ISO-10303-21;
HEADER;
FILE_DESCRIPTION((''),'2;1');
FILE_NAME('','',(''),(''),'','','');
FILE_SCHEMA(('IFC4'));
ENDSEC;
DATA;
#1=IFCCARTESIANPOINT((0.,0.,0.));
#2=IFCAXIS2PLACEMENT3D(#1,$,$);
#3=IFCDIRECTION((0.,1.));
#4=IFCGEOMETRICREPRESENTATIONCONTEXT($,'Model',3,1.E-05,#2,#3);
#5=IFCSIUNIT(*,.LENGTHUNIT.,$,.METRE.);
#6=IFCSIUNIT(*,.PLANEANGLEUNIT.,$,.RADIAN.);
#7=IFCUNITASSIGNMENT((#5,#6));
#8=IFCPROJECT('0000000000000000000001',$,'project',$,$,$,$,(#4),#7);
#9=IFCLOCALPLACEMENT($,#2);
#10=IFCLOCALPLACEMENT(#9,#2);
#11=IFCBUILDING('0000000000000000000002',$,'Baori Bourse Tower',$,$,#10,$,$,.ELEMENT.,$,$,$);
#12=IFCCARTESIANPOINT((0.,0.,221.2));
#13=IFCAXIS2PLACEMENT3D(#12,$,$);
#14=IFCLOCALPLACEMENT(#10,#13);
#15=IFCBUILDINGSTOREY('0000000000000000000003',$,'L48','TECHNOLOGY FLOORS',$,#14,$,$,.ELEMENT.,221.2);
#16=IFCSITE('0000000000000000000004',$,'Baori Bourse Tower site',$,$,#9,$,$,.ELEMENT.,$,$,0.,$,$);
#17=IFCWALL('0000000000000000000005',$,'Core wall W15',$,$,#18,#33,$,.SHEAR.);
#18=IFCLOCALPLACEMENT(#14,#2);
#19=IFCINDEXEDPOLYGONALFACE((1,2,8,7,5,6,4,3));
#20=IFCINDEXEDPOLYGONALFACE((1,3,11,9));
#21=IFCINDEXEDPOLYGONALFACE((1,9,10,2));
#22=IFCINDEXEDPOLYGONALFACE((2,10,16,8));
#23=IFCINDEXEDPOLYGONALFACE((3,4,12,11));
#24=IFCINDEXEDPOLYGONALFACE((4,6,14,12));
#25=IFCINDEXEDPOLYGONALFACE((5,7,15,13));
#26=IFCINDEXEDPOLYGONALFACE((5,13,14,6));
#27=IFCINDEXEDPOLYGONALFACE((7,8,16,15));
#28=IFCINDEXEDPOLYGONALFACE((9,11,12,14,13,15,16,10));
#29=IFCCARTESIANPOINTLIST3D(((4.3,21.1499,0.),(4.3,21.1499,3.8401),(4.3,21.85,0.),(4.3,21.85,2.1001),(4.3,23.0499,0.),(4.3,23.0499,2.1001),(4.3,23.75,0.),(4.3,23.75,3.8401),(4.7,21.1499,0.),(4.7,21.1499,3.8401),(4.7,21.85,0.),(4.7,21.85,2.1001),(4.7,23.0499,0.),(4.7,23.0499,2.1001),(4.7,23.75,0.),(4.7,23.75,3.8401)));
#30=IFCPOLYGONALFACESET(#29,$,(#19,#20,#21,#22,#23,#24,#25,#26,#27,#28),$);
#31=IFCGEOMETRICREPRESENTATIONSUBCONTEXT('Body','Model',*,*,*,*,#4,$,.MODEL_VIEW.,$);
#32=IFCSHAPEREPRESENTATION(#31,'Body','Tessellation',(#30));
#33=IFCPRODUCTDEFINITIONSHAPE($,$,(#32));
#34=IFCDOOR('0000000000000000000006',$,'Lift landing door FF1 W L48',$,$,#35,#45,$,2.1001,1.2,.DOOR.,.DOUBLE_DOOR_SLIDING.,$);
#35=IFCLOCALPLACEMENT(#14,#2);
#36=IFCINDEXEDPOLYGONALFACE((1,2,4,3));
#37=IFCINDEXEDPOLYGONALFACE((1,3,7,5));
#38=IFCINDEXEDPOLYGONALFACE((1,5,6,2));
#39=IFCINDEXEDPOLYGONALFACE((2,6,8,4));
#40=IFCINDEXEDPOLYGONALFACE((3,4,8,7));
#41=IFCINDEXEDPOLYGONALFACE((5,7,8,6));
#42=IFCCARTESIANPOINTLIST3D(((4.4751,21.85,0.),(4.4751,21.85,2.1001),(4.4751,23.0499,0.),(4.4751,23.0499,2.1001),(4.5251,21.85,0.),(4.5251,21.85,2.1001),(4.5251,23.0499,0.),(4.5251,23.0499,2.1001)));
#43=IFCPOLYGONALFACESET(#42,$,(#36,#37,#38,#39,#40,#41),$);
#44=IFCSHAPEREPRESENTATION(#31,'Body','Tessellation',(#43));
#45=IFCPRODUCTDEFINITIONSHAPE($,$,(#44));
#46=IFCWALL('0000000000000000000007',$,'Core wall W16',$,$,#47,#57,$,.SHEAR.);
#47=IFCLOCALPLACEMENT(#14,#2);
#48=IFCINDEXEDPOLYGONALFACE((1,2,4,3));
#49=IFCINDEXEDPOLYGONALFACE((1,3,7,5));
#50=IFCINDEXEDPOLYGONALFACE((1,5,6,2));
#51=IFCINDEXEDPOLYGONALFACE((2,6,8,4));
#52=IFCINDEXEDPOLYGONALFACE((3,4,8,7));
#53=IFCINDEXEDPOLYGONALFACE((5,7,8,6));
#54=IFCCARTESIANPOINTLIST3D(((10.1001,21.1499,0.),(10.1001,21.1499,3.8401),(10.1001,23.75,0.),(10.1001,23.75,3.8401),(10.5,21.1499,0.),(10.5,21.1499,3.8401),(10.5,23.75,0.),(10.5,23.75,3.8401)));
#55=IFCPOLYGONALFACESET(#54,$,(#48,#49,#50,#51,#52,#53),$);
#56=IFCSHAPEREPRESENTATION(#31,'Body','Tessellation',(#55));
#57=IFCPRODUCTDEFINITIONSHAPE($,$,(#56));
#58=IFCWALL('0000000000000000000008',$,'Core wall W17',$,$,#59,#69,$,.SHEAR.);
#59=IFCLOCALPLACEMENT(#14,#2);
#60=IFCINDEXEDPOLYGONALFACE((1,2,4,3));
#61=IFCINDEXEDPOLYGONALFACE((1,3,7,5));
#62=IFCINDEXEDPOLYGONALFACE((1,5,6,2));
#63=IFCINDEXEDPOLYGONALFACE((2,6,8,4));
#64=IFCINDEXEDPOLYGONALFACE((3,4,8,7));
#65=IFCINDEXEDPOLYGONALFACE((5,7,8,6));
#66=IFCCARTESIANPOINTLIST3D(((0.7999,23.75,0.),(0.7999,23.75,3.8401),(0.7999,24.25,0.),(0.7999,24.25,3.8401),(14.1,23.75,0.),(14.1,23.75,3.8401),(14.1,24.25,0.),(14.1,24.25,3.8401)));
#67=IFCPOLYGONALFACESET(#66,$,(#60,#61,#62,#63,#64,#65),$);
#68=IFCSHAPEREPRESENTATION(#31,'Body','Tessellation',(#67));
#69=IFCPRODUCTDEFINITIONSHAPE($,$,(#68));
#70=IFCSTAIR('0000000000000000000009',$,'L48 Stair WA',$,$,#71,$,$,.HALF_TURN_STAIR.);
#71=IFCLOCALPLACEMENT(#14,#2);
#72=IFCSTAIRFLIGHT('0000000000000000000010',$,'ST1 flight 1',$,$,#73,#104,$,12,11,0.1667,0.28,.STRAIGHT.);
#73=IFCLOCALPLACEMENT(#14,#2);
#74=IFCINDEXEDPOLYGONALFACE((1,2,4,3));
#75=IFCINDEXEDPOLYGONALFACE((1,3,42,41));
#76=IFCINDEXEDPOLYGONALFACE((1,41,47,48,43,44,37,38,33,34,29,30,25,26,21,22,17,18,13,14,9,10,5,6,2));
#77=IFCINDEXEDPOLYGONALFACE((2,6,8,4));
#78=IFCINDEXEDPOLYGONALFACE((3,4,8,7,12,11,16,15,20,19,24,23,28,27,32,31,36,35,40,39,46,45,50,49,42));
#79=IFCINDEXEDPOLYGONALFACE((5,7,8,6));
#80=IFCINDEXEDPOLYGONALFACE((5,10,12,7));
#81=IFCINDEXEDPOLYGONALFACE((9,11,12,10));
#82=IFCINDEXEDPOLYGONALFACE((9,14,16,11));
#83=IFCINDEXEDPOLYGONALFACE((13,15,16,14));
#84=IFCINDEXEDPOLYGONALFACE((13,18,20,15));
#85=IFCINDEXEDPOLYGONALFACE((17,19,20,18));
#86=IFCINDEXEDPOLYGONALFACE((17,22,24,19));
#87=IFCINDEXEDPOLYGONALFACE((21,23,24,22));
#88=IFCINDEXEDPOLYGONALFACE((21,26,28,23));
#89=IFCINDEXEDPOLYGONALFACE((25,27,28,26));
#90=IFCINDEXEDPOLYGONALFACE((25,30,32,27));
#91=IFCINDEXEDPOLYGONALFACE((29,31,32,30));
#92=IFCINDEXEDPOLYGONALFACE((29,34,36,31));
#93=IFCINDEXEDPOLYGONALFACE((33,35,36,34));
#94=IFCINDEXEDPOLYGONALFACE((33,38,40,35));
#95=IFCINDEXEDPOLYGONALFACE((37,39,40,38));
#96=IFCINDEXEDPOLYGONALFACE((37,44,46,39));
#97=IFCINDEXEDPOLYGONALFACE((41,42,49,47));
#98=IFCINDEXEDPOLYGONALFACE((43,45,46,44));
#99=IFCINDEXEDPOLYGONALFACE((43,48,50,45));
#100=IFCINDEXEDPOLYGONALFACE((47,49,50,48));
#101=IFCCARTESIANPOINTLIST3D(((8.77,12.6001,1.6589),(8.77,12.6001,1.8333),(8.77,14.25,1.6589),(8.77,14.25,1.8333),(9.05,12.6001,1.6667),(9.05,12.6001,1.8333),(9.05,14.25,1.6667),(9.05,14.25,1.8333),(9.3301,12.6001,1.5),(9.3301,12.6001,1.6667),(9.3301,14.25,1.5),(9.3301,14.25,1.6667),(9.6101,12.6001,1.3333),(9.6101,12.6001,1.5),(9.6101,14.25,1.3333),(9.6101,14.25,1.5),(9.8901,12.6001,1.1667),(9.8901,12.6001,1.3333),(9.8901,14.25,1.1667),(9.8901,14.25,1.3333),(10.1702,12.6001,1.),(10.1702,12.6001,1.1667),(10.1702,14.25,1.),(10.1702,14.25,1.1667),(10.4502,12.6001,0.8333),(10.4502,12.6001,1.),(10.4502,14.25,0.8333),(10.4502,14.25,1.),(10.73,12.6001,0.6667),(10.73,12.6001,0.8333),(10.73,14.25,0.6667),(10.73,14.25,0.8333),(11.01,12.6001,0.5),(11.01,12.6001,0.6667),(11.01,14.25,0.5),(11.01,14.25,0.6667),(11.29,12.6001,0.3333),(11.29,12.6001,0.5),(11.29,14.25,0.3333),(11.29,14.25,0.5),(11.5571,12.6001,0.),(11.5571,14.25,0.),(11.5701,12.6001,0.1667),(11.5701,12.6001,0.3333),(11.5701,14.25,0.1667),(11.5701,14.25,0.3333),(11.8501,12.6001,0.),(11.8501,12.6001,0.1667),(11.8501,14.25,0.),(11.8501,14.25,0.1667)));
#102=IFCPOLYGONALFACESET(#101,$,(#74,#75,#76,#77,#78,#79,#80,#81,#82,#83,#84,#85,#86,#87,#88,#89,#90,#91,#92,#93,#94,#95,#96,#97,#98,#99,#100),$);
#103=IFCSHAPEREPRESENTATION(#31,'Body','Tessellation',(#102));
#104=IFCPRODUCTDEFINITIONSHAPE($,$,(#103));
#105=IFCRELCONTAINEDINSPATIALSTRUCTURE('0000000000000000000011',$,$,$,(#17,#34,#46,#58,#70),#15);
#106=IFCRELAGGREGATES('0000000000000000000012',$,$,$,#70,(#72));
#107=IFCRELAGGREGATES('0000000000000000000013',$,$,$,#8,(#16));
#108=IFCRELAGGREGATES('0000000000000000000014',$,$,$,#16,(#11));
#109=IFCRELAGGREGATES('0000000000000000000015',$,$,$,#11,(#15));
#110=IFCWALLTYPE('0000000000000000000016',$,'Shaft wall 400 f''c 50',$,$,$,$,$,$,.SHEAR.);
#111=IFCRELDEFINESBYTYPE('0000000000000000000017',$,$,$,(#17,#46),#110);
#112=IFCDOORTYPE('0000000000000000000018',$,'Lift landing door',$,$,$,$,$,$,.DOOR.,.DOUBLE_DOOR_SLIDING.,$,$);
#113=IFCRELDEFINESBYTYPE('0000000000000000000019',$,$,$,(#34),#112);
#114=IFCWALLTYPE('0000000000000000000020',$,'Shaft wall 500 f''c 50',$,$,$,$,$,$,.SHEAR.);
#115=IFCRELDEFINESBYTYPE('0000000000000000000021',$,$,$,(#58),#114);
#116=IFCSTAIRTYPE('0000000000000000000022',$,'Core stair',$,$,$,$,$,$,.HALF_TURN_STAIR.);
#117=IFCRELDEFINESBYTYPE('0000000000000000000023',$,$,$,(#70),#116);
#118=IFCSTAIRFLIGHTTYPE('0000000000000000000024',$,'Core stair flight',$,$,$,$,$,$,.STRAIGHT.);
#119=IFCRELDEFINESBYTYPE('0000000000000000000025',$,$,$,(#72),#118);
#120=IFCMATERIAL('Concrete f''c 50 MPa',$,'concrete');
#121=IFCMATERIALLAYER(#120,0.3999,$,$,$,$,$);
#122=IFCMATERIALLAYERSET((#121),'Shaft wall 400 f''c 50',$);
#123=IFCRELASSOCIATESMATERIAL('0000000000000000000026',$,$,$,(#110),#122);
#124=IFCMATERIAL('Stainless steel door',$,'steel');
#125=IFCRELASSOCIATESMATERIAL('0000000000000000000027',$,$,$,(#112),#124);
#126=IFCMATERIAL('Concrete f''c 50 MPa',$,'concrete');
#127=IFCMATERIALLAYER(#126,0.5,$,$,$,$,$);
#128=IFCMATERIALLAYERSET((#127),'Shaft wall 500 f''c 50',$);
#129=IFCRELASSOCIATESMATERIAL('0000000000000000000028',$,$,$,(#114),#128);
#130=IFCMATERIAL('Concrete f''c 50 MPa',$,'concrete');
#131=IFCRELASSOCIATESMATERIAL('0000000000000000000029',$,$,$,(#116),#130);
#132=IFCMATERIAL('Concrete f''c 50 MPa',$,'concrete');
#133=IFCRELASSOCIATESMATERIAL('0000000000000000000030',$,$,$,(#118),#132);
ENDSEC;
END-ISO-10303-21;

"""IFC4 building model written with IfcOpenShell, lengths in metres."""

from ifc_helpers import new_model, si_unit, direction, frame, frame_2d, origin, place, context, subcontext, project, spatial, polyline, rectangle, outline, extrude, material, layer, layer_set, type_object, element, fill, aggregate, save


model = new_model("IFC4")

# Units and contexts
model_context = context("Model", 3, precision=1e-05, world=origin(), true_north=direction((0.0, 1.0)))
body_context = subcontext(model_context, "Body", "Model", "MODEL_VIEW")
ifc_project = project(units=[si_unit("LENGTHUNIT", "METRE"), si_unit("PLANEANGLEUNIT", "RADIAN")], contexts=[model_context])

# Site, building, storey
site_placement = place(None, origin())
site = spatial("IfcSite", under=ifc_project, at=site_placement, Name="Baori Bourse Tower site", CompositionType="ELEMENT", RefElevation=0.0)
building_placement = place(site_placement, origin())
building = spatial("IfcBuilding", under=site, at=building_placement, Name="Baori Bourse Tower", CompositionType="ELEMENT")
storey_placement = place(building_placement, frame((0.0, 0.0, 221.2)))
storey = spatial("IfcBuildingStorey", under=building, at=storey_placement, Name="L48", Description="TECHNOLOGY FLOORS", CompositionType="ELEMENT", Elevation=221.2)

# Shared definitions
ifc_material_1 = material(Name="Concrete f'c 50 MPa", Category="concrete")
ifc_layer_1 = layer(ifc_material_1, 0.3999)
ifc_layer_set_1 = layer_set([ifc_layer_1], Name="Shaft wall 400 f'c 50")
wall_type_1 = type_object("IfcWallType", Name="Shaft wall 400 f'c 50", PredefinedType="SHEAR", material=ifc_layer_set_1)

# Wall, opening, door
wall_1_placement = place(storey_placement, frame((4.5, 21.1499, 0.0), z_axis=(0.0, 0.0, 1.0), x_axis=(0.0, 1.0, 0.0)))
wall_1 = element("IfcWall", 1, at=wall_1_placement, inside=storey, type_object=wall_type_1, Name="Core wall W15", PredefinedType="SHEAR", context=body_context, shape_type="SweptSolid", body=[
    extrude(rectangle(XDim=2.6001, YDim=0.3999, at=frame_2d((1.3, 0.0))), origin(), (0.0, 0.0, 1.0), 3.8401),
])
opening_1_placement = place(wall_1_placement, frame((0.7, 0.0, 0.0)))
opening_1 = element("IfcOpeningElement", 2, at=opening_1_placement, cuts=wall_1, PredefinedType="OPENING", context=body_context, shape_type="SweptSolid", body=[
    extrude(rectangle(XDim=1.2, YDim=2.1001, at=frame_2d((0.6001, 1.05))), frame((0.0, 0.21, 0.0), z_axis=(0.0, -1.0, 0.0), x_axis=(1.0, 0.0, 0.0)), (0.0, 0.0, 1.0), 0.4199),
])
ifc_material_2 = material(Name="Stainless steel door", Category="steel")
door_type_1 = type_object("IfcDoorType", Name="Lift landing door", OperationType="DOUBLE_DOOR_SLIDING", PredefinedType="DOOR", material=ifc_material_2)
door_1_placement = place(opening_1_placement, origin())
door_1 = element("IfcDoor", 3, at=door_1_placement, inside=storey, type_object=door_type_1, Name="Lift landing door FF1 W L48", OperationType="DOUBLE_DOOR_SLIDING", OverallHeight=2.1001, OverallWidth=1.2, PredefinedType="DOOR", context=body_context, shape_type="SweptSolid", body=[
    extrude(rectangle(XDim=1.2, YDim=2.1001, at=frame_2d((0.6001, 1.05))), frame((0.0, 0.0249, 0.0), z_axis=(0.0, -1.0, 0.0), x_axis=(1.0, 0.0, 0.0)), (0.0, 0.0, 1.0), 0.05),
])
fill(opening_1, door_1)

# Walls
wall_2_placement = place(storey_placement, frame((10.3, 21.1499, 0.0), z_axis=(0.0, 0.0, 1.0), x_axis=(0.0, 1.0, 0.0)))
element("IfcWall", 4, at=wall_2_placement, inside=storey, type_object=wall_type_1, Name="Core wall W16", PredefinedType="SHEAR", context=body_context, shape_type="SweptSolid", body=[
    extrude(rectangle(XDim=2.6001, YDim=0.3999, at=frame_2d((1.3, 0.0))), origin(), (0.0, 0.0, 1.0), 3.8401),
])
ifc_material_3 = material(Name="Concrete f'c 50 MPa", Category="concrete")
ifc_layer_2 = layer(ifc_material_3, 0.5)
ifc_layer_set_2 = layer_set([ifc_layer_2], Name="Shaft wall 500 f'c 50")
wall_type_2 = type_object("IfcWallType", Name="Shaft wall 500 f'c 50", PredefinedType="SHEAR", material=ifc_layer_set_2)
wall_3_placement = place(storey_placement, frame((0.8, 24.0, 0.0), z_axis=(0.0, 0.0, 1.0), x_axis=(1.0, 0.0, 0.0)))
element("IfcWall", 5, at=wall_3_placement, inside=storey, type_object=wall_type_2, Name="Core wall W17", PredefinedType="SHEAR", context=body_context, shape_type="SweptSolid", body=[
    extrude(rectangle(XDim=13.3, YDim=0.5, at=frame_2d((6.6499, 0.0))), origin(), (0.0, 0.0, 1.0), 3.8401),
])

# Stair, stair flight
ifc_material_4 = material(Name="Concrete f'c 50 MPa", Category="concrete")
stair_type = type_object("IfcStairType", Name="Core stair", PredefinedType="HALF_TURN_STAIR", material=ifc_material_4)
stair_placement = place(storey_placement, origin())
stair = element("IfcStair", 6, at=stair_placement, inside=storey, type_object=stair_type, Name="L48 Stair WA", PredefinedType="HALF_TURN_STAIR")
ifc_material_5 = material(Name="Concrete f'c 50 MPa", Category="concrete")
stair_flight_type = type_object("IfcStairFlightType", Name="Core stair flight", PredefinedType="STRAIGHT", material=ifc_material_5)
stair_flight_placement = place(storey_placement, frame((11.8501, 13.425, 0.0), z_axis=(0.0, 0.0, 1.0), x_axis=(-1.0, 0.0, 0.0)))
stair_flight = element("IfcStairFlight", 7, at=stair_flight_placement, type_object=stair_flight_type, Name="ST1 flight 1", NumberOfRisers=12, NumberOfTreads=11, PredefinedType="STRAIGHT", RiserHeight=0.1667, TreadLength=0.28, context=body_context, shape_type="SweptSolid", body=[
    extrude(outline(polyline([(0.0, 0.0), (0.0, 0.1667), (0.28, 0.1667), (0.28, 0.3333), (0.5601, 0.3333), (0.5601, 0.5), (0.8401, 0.5), (0.8401, 0.6667), (1.1201, 0.6667), (1.1201, 0.8333), (1.3999, 0.8333), (1.3999, 1.0), (1.6799, 1.0), (1.6799, 1.1667), (1.96, 1.1667), (1.96, 1.3333), (2.24, 1.3333), (2.24, 1.5), (2.52, 1.5), (2.52, 1.6667), (2.8, 1.6667), (2.8, 1.8333), (3.0801, 1.8333), (3.0801, 2.0), (3.0801, 1.6589), (0.293, 0.0), (0.0, 0.0)])), frame((0.0, 0.825, 0.0), z_axis=(0.0, -1.0, 0.0), x_axis=(1.0, 0.0, 0.0)), (0.0, 0.0, 1.0), 1.6499),
])
aggregate(stair, [stair_flight])

save(model, "model.ifc")
